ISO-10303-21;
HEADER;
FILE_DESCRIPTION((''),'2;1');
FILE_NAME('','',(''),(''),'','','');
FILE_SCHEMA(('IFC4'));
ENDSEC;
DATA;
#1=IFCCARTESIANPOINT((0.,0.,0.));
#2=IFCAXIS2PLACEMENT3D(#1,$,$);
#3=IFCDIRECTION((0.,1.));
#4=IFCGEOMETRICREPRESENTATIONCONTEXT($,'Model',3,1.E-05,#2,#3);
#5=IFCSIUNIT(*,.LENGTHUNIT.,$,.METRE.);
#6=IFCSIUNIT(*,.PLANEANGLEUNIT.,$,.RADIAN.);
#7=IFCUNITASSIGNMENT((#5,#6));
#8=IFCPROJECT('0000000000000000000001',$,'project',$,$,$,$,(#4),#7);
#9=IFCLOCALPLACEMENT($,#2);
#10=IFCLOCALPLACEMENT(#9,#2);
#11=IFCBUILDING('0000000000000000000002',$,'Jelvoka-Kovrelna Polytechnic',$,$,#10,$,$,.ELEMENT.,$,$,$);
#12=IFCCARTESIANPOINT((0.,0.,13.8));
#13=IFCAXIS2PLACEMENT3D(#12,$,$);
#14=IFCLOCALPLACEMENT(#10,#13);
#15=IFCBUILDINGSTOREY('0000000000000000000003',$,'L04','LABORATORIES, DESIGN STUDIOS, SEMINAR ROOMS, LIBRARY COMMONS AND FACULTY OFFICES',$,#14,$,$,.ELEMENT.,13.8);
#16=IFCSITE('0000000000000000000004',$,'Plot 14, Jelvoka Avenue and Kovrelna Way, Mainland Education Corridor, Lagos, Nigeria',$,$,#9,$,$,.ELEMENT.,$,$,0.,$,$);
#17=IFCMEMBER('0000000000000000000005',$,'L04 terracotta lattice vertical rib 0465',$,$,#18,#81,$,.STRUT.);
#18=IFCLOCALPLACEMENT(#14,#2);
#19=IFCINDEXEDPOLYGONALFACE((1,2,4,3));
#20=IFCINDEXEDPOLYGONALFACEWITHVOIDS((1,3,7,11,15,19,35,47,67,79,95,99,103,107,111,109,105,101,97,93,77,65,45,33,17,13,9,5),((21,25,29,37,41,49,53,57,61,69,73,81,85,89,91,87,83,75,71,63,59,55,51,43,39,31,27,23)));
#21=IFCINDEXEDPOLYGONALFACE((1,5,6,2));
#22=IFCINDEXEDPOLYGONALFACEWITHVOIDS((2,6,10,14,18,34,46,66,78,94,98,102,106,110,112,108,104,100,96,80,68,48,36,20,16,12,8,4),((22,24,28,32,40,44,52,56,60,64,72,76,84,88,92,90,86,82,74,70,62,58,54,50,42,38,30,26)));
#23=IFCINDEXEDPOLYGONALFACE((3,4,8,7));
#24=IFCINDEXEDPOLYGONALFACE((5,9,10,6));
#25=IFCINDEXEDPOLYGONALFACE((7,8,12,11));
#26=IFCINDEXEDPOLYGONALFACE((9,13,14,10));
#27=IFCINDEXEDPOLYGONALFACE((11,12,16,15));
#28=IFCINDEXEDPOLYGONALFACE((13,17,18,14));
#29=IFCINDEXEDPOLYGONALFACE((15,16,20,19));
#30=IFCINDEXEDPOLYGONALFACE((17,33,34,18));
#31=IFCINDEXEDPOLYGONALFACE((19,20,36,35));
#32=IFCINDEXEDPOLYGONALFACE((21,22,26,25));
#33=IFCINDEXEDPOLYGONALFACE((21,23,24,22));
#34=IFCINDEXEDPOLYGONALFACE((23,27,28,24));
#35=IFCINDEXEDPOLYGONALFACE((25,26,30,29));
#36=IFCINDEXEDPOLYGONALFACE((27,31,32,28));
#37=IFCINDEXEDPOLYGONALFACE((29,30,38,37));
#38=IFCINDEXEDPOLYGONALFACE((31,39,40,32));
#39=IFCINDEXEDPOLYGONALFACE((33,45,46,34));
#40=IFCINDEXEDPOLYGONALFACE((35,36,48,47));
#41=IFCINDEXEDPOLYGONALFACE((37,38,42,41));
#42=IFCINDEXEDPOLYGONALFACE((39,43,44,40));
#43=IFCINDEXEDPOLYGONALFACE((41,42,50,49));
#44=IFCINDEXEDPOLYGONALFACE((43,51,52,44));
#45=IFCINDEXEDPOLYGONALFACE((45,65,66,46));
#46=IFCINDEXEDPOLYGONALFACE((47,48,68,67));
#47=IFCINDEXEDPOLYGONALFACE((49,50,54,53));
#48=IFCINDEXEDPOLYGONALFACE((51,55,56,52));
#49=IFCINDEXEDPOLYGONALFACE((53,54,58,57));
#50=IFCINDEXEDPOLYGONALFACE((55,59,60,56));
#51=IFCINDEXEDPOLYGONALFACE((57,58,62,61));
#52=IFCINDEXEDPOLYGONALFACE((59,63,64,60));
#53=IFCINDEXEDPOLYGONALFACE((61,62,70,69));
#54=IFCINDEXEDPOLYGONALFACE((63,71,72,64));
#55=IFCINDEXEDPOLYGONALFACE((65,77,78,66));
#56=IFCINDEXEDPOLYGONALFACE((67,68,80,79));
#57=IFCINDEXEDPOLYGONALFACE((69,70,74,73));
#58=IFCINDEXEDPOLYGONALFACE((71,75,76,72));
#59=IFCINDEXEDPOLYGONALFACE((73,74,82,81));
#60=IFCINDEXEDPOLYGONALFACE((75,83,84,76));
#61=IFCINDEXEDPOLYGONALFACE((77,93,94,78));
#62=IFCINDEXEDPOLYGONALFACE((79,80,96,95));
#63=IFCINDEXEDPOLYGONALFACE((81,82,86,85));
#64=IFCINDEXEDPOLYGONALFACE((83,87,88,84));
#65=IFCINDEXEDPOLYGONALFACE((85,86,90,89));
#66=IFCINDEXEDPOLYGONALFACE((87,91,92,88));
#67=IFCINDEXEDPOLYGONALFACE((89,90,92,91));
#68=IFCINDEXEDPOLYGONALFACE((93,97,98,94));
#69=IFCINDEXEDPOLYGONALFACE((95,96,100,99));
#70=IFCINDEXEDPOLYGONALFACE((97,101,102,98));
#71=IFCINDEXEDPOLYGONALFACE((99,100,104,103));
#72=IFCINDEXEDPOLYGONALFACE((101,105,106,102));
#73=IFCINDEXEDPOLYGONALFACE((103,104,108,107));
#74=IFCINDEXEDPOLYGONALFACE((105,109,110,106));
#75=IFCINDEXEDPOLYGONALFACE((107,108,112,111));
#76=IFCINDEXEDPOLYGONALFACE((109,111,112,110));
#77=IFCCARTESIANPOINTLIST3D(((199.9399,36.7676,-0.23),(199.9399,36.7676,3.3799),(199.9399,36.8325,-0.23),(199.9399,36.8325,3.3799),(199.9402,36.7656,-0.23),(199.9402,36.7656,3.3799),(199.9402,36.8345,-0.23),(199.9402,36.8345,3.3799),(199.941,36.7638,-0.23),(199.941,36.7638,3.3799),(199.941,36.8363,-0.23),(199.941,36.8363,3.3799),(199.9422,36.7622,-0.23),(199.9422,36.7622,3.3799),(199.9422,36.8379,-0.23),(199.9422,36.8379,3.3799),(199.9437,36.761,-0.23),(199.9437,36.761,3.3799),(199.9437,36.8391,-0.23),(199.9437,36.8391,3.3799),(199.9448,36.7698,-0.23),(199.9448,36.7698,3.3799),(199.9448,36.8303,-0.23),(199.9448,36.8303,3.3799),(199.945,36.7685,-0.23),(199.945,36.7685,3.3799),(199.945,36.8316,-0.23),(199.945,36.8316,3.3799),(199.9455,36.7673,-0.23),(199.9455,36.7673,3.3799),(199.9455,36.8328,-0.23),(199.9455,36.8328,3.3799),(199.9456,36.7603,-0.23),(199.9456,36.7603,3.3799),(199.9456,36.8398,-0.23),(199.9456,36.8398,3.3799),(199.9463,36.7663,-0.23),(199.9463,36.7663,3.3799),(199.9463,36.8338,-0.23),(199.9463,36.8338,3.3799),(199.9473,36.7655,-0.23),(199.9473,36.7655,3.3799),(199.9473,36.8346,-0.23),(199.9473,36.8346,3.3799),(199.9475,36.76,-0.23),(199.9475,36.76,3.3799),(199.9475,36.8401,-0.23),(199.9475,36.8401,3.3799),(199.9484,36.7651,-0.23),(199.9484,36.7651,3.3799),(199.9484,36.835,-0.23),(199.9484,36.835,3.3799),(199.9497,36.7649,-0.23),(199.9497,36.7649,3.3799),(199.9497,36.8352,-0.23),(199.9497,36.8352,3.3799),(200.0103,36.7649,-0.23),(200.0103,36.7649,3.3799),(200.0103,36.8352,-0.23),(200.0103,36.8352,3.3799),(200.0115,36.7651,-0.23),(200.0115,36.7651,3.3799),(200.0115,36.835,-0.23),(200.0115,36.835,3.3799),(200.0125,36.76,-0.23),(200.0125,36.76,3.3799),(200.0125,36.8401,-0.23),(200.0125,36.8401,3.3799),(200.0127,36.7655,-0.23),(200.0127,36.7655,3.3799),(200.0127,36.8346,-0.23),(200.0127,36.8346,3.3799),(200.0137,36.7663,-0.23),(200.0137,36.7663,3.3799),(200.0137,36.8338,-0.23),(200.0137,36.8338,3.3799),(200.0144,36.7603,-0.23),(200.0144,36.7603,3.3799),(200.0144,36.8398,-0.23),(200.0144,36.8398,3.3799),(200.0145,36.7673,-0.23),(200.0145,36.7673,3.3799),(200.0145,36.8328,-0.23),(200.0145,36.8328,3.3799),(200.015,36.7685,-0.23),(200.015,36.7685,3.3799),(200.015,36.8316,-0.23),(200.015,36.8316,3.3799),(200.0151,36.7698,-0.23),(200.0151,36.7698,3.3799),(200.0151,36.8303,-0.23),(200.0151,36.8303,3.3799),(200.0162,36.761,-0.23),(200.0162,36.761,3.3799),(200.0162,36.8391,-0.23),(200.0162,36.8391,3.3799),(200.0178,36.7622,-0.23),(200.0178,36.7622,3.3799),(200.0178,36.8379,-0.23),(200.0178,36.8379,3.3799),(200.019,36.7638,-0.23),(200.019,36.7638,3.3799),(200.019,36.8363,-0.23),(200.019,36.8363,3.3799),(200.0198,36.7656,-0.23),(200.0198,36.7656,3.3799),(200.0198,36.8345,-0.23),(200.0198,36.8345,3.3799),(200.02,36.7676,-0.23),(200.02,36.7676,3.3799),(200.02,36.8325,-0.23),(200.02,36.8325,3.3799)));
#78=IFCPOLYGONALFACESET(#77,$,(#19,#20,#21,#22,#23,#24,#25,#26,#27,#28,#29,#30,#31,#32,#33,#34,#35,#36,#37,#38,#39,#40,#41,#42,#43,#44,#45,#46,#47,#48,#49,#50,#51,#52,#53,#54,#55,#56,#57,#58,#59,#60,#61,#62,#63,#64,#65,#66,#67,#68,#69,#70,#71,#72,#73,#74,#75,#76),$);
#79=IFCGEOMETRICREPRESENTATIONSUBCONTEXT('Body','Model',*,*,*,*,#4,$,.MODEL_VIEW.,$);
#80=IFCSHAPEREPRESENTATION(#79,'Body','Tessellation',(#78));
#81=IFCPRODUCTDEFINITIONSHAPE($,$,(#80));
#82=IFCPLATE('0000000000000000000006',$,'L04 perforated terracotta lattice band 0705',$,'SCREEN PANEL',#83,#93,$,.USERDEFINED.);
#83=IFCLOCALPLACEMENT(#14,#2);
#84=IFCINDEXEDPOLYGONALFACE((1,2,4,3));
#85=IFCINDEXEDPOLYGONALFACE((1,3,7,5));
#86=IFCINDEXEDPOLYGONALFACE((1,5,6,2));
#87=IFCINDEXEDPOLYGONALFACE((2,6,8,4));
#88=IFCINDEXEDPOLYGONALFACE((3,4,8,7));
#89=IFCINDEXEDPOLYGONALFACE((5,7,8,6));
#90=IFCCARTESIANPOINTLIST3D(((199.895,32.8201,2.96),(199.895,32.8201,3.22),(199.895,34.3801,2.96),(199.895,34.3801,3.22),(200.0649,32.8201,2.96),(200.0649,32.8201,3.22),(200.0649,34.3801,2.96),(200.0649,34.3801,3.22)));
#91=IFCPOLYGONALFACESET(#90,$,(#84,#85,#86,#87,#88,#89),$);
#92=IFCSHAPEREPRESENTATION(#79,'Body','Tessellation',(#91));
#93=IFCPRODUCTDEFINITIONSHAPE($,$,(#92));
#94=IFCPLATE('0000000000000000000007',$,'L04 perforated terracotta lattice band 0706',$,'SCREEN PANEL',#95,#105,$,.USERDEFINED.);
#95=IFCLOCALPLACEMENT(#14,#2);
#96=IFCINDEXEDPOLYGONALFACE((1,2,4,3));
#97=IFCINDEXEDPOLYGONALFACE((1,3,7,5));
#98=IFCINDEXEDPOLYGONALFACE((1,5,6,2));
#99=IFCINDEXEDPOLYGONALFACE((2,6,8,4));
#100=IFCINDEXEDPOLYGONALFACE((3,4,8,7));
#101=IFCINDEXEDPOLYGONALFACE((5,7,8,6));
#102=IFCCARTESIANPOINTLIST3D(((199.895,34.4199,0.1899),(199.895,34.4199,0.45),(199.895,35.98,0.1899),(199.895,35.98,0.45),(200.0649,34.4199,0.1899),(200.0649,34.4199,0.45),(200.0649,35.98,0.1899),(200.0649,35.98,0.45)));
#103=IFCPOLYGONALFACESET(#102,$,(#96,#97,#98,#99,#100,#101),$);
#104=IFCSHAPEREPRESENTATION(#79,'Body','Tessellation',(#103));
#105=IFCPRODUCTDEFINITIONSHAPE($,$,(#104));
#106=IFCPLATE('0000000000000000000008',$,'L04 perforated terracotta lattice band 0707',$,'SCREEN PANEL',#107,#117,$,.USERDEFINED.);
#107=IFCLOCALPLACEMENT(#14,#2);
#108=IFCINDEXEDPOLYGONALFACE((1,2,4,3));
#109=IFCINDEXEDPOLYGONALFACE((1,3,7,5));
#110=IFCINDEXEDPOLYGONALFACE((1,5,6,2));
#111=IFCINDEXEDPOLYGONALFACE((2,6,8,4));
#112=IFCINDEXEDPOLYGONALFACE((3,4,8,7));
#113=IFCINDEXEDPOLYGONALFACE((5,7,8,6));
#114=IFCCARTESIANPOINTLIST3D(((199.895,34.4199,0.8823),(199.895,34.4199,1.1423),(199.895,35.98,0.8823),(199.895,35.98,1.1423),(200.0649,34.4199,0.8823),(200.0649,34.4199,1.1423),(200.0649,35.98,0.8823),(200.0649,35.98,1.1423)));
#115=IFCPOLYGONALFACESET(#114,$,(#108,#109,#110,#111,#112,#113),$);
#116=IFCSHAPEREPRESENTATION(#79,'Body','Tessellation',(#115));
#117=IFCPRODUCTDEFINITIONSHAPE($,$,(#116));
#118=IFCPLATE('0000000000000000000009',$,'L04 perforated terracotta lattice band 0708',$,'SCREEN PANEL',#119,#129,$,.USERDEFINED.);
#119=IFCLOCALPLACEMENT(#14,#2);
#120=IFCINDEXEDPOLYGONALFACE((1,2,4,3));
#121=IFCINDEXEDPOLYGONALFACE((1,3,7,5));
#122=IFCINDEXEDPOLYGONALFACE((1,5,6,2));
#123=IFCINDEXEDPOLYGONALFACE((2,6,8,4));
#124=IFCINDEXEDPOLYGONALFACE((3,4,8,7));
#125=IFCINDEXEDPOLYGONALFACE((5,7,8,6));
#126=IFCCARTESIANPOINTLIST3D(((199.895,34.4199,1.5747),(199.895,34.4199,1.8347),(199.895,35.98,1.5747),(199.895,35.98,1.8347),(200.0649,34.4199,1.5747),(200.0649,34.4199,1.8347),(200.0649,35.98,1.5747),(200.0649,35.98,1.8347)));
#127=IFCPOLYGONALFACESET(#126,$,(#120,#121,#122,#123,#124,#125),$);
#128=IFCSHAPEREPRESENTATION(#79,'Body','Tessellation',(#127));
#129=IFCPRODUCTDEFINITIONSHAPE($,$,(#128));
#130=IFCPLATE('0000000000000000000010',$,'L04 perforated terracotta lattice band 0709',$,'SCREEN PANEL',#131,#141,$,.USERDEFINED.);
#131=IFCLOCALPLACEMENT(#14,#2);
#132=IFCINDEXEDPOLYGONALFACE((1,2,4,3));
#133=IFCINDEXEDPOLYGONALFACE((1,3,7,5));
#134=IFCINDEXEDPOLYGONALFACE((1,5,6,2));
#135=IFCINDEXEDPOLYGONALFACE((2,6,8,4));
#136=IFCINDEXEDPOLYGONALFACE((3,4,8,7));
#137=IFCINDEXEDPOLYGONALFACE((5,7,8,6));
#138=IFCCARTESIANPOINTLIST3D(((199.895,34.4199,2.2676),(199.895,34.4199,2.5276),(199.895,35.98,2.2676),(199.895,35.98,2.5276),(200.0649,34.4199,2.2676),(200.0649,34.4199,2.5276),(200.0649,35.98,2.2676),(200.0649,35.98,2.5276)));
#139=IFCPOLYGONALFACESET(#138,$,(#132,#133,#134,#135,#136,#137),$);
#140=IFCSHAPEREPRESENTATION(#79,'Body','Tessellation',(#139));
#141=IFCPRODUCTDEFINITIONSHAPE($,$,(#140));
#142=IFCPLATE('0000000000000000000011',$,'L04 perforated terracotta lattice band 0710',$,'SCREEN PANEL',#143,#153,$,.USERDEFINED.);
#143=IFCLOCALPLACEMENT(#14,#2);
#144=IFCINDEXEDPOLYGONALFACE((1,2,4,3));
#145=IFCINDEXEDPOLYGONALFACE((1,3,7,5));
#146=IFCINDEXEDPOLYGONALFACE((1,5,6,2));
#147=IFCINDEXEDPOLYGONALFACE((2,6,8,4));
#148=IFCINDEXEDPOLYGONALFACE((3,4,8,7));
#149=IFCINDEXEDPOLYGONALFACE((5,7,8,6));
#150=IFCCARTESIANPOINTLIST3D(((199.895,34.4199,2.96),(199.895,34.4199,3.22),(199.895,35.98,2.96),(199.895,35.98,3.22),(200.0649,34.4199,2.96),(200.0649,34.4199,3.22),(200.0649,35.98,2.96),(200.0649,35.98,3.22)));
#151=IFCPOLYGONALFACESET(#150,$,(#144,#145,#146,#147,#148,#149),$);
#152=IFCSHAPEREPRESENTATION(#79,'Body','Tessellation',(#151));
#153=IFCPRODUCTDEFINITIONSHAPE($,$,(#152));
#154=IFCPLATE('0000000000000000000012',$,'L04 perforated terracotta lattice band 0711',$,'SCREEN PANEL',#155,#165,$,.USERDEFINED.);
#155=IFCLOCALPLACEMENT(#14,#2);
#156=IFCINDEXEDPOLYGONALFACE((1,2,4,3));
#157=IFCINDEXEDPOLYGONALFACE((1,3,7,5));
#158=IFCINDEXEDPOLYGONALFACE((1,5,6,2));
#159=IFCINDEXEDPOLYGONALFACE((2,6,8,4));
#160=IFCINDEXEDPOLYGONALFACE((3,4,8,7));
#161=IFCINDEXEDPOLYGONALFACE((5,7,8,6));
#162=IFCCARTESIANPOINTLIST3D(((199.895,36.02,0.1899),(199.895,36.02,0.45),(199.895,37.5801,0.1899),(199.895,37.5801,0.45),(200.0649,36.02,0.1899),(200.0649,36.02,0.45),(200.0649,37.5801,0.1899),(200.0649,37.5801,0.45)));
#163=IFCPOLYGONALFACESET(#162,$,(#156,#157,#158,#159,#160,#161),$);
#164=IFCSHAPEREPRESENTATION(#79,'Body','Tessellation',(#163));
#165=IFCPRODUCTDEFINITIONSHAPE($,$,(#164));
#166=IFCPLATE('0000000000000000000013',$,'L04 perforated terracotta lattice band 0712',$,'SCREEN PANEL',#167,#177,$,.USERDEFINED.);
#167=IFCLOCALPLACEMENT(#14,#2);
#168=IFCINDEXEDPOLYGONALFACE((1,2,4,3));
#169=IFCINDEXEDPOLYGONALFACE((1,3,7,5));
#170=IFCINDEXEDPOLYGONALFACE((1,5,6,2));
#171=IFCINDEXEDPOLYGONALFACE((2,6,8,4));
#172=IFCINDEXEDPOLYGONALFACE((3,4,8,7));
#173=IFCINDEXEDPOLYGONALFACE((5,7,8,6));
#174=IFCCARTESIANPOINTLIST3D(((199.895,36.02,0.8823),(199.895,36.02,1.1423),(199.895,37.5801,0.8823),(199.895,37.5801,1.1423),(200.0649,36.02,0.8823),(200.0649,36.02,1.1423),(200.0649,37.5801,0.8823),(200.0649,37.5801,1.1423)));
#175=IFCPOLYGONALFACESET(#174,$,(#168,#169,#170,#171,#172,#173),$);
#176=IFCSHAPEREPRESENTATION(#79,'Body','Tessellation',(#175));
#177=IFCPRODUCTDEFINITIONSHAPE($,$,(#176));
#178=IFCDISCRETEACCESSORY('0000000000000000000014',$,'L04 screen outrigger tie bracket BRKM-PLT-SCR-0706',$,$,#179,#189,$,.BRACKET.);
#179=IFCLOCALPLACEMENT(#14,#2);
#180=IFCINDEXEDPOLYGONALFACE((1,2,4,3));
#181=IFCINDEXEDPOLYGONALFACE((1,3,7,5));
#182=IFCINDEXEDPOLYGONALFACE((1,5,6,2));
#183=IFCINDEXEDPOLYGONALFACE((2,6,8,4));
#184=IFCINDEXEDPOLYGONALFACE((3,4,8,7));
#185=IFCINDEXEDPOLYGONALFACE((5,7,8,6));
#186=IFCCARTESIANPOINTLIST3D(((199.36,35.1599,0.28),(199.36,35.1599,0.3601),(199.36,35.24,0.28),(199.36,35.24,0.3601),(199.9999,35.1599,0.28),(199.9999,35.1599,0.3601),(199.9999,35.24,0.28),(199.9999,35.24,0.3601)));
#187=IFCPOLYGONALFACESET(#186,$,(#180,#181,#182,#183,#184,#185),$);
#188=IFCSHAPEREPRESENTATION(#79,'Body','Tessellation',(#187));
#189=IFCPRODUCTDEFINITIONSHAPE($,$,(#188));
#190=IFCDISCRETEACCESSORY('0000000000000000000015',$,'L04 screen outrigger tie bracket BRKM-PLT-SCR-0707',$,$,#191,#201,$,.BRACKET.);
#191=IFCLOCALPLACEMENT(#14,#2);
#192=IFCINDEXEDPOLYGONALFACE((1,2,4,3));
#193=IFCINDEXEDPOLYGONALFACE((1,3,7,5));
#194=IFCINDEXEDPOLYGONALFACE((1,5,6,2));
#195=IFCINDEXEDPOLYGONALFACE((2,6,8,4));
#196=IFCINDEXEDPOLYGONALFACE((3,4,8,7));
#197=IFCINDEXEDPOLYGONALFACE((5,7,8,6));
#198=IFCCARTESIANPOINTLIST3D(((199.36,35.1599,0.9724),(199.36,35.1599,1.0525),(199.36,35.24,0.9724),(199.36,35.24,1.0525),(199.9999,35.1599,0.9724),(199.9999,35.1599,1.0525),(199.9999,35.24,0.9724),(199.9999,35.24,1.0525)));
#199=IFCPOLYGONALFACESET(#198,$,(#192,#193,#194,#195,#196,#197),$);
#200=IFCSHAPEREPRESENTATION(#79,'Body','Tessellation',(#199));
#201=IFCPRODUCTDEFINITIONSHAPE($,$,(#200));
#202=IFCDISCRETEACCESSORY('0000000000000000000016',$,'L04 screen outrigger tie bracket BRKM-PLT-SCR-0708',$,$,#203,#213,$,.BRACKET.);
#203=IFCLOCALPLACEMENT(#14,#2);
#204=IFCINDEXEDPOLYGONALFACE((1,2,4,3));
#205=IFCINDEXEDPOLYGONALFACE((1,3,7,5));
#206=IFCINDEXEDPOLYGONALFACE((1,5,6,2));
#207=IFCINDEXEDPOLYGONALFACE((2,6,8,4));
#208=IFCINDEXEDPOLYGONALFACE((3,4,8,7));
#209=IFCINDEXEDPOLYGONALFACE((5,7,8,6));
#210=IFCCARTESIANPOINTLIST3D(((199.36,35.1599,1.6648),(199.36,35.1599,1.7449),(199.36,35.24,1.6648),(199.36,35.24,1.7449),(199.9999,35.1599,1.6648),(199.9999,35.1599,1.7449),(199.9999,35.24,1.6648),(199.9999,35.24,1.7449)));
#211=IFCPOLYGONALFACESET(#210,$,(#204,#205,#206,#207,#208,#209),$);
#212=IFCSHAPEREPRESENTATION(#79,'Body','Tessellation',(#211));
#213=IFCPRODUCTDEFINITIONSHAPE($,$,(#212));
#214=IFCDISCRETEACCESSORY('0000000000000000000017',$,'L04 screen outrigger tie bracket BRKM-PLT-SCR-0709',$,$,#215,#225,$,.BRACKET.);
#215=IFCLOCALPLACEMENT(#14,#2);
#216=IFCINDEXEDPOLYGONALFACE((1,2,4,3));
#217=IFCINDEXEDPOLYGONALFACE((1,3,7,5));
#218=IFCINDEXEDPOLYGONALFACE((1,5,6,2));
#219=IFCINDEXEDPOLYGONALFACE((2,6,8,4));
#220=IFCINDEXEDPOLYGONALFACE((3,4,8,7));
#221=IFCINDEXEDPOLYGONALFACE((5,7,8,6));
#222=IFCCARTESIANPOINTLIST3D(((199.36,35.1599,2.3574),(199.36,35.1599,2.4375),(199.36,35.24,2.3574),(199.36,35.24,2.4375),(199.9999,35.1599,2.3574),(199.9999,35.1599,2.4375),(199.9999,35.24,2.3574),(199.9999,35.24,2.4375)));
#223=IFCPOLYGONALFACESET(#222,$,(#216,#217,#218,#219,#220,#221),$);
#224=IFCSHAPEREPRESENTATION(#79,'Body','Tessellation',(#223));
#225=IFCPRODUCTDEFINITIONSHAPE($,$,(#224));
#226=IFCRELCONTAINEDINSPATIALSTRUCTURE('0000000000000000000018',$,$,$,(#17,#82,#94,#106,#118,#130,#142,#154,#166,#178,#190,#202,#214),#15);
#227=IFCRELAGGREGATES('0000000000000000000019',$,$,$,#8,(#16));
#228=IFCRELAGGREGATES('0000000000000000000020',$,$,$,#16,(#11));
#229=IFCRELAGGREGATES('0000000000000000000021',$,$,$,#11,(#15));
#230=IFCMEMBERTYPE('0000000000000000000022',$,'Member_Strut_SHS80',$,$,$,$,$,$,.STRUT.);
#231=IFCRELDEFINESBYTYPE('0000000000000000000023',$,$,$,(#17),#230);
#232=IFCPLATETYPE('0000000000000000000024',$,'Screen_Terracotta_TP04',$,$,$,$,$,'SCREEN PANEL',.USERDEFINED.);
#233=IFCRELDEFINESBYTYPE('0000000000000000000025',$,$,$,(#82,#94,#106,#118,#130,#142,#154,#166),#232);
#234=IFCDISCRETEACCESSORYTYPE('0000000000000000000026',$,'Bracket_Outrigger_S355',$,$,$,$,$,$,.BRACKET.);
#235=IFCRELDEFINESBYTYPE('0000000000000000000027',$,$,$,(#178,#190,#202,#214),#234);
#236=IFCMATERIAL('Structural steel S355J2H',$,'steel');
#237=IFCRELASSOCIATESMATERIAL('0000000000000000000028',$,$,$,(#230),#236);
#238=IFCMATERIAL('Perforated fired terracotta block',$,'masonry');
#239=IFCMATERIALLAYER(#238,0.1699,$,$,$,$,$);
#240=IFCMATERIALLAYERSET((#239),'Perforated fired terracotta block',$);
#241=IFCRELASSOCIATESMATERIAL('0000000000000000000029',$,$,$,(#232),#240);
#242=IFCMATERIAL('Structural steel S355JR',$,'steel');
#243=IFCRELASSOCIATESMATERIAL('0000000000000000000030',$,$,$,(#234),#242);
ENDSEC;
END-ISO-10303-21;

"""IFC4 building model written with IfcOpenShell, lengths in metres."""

from ifc_helpers import new_model, si_unit, direction, frame, origin, origin_2d, place, context, subcontext, project, spatial, rectangle, hollow_rectangle, extrude, material, layer, layer_set, material_profile, profile_set, type_object, element, save


model = new_model("IFC4")

# Units and contexts
model_context = context("Model", 3, precision=1e-05, world=origin(), true_north=direction((0.0, 1.0)))
body_context = subcontext(model_context, "Body", "Model", "MODEL_VIEW")
ifc_project = project(units=[si_unit("LENGTHUNIT", "METRE"), si_unit("PLANEANGLEUNIT", "RADIAN")], contexts=[model_context])

# Site, building, storey
site_placement = place(None, origin())
site = spatial("IfcSite", under=ifc_project, at=site_placement, Name="Plot 14, Jelvoka Avenue and Kovrelna Way, Mainland Education Corridor, Lagos, Nigeria", CompositionType="ELEMENT", RefElevation=0.0)
building_placement = place(site_placement, origin())
building = spatial("IfcBuilding", under=site, at=building_placement, Name="Jelvoka-Kovrelna Polytechnic", CompositionType="ELEMENT")
storey_placement = place(building_placement, frame((0.0, 0.0, 13.8)))
storey = spatial("IfcBuildingStorey", under=building, at=storey_placement, Name="L04", Description="LABORATORIES, DESIGN STUDIOS, SEMINAR ROOMS, LIBRARY COMMONS AND FACULTY OFFICES", CompositionType="ELEMENT", Elevation=13.8)

# Member
ifc_material_1 = material(Name="Structural steel S355J2H", Category="steel")
ifc_material_profile = material_profile(ifc_material_1, hollow_rectangle(XDim=0.0801, YDim=0.0801, WallThickness=0.0049, InnerFilletRadius=0.0049, OuterFilletRadius=0.0076, at=origin_2d()), Name="80x80x5.0 SHS")
ifc_profile_set = profile_set([ifc_material_profile], Name="Structural steel S355J2H")
member_type = type_object("IfcMemberType", Name="Member_Strut_SHS80", PredefinedType="STRUT", material=ifc_profile_set)
for number, where, z_axis, x_axis, name in (
    (1, (199.98, 36.8, -0.23), (0.0, 0.0, 1.0), (1.0, 0.0, 0.0), "L04 terracotta lattice vertical rib 0465"),
):
    element("IfcMember", number, at=place(storey_placement, frame(where, z_axis=z_axis, x_axis=x_axis)), inside=storey, type_object=member_type, Name=name, PredefinedType="STRUT", context=body_context, shape_type="SweptSolid", body=[
        extrude(hollow_rectangle(XDim=0.0801, YDim=0.0801, WallThickness=0.0049, InnerFilletRadius=0.0049, OuterFilletRadius=0.0076, at=origin_2d()), origin(), (0.0, 0.0, 1.0), 3.6099),
    ])

# Plates
ifc_material_2 = material(Name="Perforated fired terracotta block", Category="masonry")
ifc_layer = layer(ifc_material_2, 0.1699)
ifc_layer_set = layer_set([ifc_layer], Name="Perforated fired terracotta block")
plate_type = type_object("IfcPlateType", Name="Screen_Terracotta_TP04", ElementType="SCREEN PANEL", PredefinedType="USERDEFINED", material=ifc_layer_set)
for number, where, z_axis, x_axis, name in (
    (2, (199.98, 33.6001, 2.96), (0.0, 0.0, 1.0), (0.0, 1.0, 0.0), "L04 perforated terracotta lattice band 0705"),
    (3, (199.98, 35.2, 0.1899), (0.0, 0.0, 1.0), (0.0, 1.0, 0.0), "L04 perforated terracotta lattice band 0706"),
    (4, (199.98, 35.2, 0.8823), (0.0, 0.0, 1.0), (0.0, 1.0, 0.0), "L04 perforated terracotta lattice band 0707"),
    (5, (199.98, 35.2, 1.5747), (0.0, 0.0, 1.0), (0.0, 1.0, 0.0), "L04 perforated terracotta lattice band 0708"),
    (6, (199.98, 35.2, 2.2676), (0.0, 0.0, 1.0), (0.0, 1.0, 0.0), "L04 perforated terracotta lattice band 0709"),
    (7, (199.98, 35.2, 2.96), (0.0, 0.0, 1.0), (0.0, 1.0, 0.0), "L04 perforated terracotta lattice band 0710"),
    (8, (199.98, 36.8, 0.1899), (0.0, 0.0, 1.0), (0.0, 1.0, 0.0), "L04 perforated terracotta lattice band 0711"),
    (9, (199.98, 36.8, 0.8823), (0.0, 0.0, 1.0), (0.0, 1.0, 0.0), "L04 perforated terracotta lattice band 0712"),
):
    element("IfcPlate", number, at=place(storey_placement, frame(where, z_axis=z_axis, x_axis=x_axis)), inside=storey, type_object=plate_type, Name=name, ObjectType="SCREEN PANEL", PredefinedType="USERDEFINED", context=body_context, shape_type="SweptSolid", body=[
        extrude(rectangle(XDim=1.5601, YDim=0.1699, at=origin_2d()), origin(), (0.0, 0.0, 1.0), 0.26),
    ])

# Discrete accessories
ifc_material_3 = material(Name="Structural steel S355JR", Category="steel")
discrete_accessory_type = type_object("IfcDiscreteAccessoryType", Name="Bracket_Outrigger_S355", PredefinedType="BRACKET", material=ifc_material_3)
for number, where, z_axis, x_axis, name in (
    (10, (199.6799, 35.2, 0.28), (0.0, 0.0, 1.0), (1.0, 0.0, 0.0), "L04 screen outrigger tie bracket BRKM-PLT-SCR-0706"),
    (11, (199.6799, 35.2, 0.9724), (0.0, 0.0, 1.0), (1.0, 0.0, 0.0), "L04 screen outrigger tie bracket BRKM-PLT-SCR-0707"),
    (12, (199.6799, 35.2, 1.6648), (0.0, 0.0, 1.0), (1.0, 0.0, 0.0), "L04 screen outrigger tie bracket BRKM-PLT-SCR-0708"),
    (13, (199.6799, 35.2, 2.3574), (0.0, 0.0, 1.0), (1.0, 0.0, 0.0), "L04 screen outrigger tie bracket BRKM-PLT-SCR-0709"),
):
    element("IfcDiscreteAccessory", number, at=place(storey_placement, frame(where, z_axis=z_axis, x_axis=x_axis)), inside=storey, type_object=discrete_accessory_type, Name=name, PredefinedType="BRACKET", context=body_context, shape_type="SweptSolid", body=[
        extrude(rectangle(XDim=0.6399, YDim=0.0801, at=origin_2d()), origin(), (0.0, 0.0, 1.0), 0.0801),
    ])

save(model, "model.ifc")
